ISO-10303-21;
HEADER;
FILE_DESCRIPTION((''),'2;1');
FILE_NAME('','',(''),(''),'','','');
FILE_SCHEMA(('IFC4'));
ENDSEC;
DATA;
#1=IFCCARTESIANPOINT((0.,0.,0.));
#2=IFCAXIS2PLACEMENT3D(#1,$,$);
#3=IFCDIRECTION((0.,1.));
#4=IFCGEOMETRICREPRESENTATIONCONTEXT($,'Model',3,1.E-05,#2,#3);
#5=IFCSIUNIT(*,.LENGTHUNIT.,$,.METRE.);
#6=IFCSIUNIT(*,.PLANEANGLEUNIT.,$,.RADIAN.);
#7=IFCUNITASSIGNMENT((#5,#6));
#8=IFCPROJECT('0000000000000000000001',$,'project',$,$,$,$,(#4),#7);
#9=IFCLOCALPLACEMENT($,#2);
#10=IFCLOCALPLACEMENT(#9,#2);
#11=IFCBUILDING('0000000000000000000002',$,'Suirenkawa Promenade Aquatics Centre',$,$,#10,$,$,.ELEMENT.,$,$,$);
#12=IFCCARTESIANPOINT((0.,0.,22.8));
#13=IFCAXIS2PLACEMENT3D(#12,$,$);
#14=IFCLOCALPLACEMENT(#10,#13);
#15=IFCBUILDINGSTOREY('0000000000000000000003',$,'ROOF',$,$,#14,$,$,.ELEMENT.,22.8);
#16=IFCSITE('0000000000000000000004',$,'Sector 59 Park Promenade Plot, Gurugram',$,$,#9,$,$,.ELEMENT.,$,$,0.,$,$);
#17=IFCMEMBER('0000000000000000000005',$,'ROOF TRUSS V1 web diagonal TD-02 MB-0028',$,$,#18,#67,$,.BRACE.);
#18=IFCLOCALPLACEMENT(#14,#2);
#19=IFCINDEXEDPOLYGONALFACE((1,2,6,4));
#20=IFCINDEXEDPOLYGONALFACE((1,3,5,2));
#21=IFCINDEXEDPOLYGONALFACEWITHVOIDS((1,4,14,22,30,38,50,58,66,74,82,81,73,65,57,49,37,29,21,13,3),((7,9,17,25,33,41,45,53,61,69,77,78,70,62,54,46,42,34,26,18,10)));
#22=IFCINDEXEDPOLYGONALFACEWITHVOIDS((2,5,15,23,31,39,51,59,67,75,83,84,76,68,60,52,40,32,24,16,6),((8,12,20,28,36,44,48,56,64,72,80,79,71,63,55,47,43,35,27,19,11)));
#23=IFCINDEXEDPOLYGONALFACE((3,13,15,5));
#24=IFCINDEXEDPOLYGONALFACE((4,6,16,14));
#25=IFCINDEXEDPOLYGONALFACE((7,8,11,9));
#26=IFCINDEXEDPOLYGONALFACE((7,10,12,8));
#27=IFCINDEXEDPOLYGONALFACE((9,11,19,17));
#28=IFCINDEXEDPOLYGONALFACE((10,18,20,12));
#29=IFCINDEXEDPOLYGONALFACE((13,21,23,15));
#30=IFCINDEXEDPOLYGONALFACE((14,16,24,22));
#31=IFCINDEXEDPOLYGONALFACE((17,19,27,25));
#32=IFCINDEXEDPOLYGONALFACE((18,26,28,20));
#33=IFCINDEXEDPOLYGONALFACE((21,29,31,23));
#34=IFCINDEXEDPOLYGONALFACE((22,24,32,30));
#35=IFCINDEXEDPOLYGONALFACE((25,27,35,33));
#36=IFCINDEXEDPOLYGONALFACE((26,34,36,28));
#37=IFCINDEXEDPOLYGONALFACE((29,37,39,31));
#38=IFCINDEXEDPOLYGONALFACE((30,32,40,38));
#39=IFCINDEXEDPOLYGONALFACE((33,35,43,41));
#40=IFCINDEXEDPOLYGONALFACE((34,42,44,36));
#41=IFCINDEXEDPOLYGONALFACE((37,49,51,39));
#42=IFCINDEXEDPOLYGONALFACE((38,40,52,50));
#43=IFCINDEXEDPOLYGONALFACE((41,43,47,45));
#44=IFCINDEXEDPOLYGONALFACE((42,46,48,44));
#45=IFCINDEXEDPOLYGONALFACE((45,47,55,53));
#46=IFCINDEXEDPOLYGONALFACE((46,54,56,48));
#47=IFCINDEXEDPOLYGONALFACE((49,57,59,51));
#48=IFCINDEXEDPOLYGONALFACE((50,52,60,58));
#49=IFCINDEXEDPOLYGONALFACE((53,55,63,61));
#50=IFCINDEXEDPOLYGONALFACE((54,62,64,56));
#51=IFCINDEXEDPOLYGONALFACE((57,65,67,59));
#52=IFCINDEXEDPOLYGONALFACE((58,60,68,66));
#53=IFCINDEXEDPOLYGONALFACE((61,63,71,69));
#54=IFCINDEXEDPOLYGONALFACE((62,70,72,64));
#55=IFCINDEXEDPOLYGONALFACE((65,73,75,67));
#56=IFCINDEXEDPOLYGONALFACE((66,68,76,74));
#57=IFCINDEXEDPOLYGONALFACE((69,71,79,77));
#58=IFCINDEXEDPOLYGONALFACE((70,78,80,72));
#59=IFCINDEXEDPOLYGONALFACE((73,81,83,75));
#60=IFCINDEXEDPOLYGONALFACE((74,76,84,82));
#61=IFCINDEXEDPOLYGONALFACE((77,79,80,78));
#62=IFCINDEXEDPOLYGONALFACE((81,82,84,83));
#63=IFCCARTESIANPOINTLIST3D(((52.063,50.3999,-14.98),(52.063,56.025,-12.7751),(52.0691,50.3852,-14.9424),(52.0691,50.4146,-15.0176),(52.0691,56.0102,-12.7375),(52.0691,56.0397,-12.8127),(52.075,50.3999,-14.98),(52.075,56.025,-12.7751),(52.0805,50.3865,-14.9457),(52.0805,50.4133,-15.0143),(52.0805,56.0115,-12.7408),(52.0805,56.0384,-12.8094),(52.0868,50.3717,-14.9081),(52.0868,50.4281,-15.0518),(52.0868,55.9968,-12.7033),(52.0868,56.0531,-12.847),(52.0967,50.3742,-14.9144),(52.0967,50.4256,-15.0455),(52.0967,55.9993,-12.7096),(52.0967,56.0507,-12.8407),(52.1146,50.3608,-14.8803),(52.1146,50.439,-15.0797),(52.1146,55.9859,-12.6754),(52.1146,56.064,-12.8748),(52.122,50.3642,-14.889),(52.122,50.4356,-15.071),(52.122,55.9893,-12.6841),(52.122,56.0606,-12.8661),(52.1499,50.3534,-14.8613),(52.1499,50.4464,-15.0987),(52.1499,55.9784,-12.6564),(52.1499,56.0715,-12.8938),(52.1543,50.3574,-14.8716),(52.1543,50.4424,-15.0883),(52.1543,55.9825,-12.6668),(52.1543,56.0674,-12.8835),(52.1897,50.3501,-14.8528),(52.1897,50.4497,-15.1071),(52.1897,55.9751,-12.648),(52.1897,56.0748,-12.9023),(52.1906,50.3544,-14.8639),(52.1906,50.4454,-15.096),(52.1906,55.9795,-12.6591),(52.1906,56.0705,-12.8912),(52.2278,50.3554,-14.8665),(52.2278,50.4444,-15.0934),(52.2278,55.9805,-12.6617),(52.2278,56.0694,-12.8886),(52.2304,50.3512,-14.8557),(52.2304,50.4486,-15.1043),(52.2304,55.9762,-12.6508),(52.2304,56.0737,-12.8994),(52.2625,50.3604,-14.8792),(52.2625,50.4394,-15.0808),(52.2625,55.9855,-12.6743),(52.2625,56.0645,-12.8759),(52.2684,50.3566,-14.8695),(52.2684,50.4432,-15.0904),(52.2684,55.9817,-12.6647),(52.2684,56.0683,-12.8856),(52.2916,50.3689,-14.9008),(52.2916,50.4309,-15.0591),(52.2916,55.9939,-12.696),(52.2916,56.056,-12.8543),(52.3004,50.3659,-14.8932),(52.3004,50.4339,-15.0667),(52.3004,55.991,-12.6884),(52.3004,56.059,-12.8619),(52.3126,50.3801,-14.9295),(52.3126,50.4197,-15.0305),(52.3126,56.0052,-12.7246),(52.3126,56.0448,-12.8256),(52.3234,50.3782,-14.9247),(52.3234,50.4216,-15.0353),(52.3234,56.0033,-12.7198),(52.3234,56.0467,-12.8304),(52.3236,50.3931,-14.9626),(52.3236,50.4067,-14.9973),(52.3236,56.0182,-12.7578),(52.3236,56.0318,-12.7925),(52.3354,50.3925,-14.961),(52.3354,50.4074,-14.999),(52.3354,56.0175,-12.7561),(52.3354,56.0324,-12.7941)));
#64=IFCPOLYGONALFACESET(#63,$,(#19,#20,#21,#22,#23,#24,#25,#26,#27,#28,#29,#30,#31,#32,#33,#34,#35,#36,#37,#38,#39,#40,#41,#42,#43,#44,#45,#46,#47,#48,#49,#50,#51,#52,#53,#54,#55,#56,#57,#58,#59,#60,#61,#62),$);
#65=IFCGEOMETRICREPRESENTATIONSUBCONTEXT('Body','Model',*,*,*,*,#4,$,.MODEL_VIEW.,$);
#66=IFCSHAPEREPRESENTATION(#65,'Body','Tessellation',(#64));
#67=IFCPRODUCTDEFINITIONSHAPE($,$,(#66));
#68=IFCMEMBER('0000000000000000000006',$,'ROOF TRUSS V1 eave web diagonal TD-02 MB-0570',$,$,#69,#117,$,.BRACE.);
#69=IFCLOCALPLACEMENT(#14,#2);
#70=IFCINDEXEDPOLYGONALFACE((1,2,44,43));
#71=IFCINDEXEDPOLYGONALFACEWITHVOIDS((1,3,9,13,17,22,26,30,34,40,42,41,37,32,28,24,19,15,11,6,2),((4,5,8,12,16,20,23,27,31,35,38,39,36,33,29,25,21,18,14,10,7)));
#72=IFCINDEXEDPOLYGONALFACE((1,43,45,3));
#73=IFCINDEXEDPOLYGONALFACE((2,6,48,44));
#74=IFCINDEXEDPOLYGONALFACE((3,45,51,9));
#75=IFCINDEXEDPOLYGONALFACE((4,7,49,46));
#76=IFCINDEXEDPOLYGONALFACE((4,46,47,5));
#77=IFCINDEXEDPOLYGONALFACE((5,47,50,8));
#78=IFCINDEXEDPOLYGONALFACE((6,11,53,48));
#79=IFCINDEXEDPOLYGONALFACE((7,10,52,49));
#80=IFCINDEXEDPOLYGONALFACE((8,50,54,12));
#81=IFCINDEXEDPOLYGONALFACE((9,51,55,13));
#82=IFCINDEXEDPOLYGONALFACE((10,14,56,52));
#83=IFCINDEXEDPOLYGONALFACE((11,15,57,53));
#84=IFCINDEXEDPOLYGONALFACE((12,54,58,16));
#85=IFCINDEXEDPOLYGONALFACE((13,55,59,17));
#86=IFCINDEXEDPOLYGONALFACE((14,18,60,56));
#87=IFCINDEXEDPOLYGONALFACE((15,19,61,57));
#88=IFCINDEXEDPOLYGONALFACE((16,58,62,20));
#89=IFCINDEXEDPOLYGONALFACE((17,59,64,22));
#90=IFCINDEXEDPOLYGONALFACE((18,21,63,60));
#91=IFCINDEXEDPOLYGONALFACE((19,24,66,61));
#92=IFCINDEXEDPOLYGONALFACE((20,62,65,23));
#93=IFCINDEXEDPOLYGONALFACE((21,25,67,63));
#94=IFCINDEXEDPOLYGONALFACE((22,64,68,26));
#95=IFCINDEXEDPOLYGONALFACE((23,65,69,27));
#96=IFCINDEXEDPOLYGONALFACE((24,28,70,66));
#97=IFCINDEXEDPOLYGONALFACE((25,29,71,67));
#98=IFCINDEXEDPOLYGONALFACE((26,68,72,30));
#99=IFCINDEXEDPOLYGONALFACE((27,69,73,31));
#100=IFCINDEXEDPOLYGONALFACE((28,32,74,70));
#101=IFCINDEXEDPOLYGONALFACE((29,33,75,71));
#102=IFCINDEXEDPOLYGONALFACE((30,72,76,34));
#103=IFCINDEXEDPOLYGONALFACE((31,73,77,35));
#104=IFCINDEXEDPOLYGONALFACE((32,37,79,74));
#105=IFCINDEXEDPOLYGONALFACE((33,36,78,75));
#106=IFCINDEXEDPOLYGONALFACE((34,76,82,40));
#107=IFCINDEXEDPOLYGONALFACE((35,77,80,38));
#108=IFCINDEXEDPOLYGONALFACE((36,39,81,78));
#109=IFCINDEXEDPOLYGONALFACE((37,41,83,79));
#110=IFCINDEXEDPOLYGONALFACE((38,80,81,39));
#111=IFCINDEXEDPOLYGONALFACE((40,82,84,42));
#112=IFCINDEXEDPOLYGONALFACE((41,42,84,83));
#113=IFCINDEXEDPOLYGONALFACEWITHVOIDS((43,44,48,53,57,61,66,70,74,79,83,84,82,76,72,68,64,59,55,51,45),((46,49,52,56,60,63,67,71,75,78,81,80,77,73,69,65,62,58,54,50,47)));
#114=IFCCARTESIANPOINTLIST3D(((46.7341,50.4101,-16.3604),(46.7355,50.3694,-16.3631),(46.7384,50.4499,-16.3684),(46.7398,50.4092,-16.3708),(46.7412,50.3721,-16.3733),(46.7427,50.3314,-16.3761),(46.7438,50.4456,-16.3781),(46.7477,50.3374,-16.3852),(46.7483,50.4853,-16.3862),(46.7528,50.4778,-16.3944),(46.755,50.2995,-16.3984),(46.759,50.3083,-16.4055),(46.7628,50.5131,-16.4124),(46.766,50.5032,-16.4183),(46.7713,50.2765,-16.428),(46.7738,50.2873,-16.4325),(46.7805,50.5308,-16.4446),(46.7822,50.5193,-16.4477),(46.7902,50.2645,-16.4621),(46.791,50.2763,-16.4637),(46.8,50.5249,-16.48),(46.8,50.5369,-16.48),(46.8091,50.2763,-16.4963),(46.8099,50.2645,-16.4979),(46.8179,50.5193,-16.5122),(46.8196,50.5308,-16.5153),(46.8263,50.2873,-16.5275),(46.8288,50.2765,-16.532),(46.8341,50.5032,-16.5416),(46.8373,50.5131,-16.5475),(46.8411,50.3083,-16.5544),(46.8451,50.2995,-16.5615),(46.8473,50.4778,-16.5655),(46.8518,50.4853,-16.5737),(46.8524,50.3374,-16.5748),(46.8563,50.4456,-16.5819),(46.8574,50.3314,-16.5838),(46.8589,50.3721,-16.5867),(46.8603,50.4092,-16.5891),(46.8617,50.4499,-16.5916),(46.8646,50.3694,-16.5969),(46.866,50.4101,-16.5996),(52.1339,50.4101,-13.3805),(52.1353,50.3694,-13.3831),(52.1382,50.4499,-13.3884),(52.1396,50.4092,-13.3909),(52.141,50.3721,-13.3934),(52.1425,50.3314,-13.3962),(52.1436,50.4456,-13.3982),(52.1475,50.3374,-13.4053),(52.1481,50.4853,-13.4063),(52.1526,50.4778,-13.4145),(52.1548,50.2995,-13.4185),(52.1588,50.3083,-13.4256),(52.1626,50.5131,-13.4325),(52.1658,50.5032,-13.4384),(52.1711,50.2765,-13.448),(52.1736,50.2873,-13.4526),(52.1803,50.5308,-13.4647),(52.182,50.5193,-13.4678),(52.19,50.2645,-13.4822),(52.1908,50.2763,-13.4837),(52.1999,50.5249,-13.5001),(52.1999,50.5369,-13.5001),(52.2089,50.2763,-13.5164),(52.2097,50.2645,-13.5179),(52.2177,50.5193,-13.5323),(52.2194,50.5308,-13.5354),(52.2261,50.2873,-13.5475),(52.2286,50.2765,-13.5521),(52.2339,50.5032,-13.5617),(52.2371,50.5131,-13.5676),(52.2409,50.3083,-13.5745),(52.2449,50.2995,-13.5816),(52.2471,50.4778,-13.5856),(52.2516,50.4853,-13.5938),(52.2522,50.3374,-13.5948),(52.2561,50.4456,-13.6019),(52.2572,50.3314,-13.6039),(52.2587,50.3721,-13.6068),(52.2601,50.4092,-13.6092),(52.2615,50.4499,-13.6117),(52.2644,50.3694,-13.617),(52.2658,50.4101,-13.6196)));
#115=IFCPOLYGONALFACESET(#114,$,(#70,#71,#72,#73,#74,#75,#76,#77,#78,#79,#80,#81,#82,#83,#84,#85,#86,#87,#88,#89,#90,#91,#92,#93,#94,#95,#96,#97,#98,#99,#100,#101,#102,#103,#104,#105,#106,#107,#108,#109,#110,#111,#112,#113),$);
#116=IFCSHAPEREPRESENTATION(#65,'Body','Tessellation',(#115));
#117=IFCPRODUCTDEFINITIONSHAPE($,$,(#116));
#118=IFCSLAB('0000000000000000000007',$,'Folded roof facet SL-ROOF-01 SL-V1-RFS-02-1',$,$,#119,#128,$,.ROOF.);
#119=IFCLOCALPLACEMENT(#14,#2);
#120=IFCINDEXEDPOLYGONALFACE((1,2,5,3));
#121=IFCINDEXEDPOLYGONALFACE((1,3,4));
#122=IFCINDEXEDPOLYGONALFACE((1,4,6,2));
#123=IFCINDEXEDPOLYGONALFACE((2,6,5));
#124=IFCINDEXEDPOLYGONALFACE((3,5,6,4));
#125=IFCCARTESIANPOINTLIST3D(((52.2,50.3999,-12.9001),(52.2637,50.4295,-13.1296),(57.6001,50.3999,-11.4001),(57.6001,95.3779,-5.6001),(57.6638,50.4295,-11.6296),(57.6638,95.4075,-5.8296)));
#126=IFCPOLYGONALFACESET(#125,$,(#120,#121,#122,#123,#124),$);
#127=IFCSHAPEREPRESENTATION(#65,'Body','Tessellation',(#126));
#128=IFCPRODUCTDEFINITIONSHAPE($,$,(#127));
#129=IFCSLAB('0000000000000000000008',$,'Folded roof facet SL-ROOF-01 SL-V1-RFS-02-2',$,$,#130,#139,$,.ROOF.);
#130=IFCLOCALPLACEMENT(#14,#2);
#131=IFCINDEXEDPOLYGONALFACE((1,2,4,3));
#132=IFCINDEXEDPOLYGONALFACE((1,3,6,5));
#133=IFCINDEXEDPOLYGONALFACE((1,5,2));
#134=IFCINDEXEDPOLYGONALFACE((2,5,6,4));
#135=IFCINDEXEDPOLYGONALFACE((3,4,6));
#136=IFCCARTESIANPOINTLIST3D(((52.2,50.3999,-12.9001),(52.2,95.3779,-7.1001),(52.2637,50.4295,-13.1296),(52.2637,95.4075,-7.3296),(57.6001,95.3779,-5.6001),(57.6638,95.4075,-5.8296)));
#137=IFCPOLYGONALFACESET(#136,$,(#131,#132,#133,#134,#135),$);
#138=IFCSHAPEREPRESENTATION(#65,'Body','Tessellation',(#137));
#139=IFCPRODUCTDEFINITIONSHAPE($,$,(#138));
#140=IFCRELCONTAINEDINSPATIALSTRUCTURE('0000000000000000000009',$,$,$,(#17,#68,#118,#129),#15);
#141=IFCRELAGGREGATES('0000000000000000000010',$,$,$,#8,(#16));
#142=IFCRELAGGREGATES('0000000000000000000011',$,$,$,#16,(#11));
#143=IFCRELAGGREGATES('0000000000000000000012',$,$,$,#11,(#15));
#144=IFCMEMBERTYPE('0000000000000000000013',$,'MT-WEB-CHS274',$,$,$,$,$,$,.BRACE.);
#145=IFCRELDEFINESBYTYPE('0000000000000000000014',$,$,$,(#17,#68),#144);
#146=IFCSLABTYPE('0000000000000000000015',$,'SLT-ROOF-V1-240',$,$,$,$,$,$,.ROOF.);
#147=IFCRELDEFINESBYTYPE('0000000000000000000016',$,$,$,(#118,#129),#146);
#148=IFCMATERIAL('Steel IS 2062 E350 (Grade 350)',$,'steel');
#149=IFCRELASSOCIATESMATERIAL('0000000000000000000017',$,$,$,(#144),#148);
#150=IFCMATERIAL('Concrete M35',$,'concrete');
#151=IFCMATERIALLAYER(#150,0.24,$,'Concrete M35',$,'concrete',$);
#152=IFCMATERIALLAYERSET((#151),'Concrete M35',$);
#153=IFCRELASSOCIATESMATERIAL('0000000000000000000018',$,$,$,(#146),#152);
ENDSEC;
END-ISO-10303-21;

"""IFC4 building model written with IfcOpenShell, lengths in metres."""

from ifc_helpers import new_model, si_unit, direction, frame, origin, origin_2d, place, context, subcontext, project, spatial, polyline, hollow_circle, outline, extrude, material, layer, layer_set, material_profile, profile_set, type_object, element, save


model = new_model("IFC4")

# Units and contexts
model_context = context("Model", 3, precision=1e-05, world=origin(), true_north=direction((0.0, 1.0)))
body_context = subcontext(model_context, "Body", "Model", "MODEL_VIEW")
ifc_project = project(units=[si_unit("LENGTHUNIT", "METRE"), si_unit("PLANEANGLEUNIT", "RADIAN")], contexts=[model_context])

# Site, building, storey
site_placement = place(None, origin())
site = spatial("IfcSite", under=ifc_project, at=site_placement, Name="Sector 59 Park Promenade Plot, Gurugram", CompositionType="ELEMENT", RefElevation=0.0)
building_placement = place(site_placement, origin())
building = spatial("IfcBuilding", under=site, at=building_placement, Name="Suirenkawa Promenade Aquatics Centre", CompositionType="ELEMENT")
storey_placement = place(building_placement, frame((0.0, 0.0, 22.8)))
storey = spatial("IfcBuildingStorey", under=building, at=storey_placement, Name="ROOF", CompositionType="ELEMENT", Elevation=22.8)

# Shared definitions
ifc_material_1 = material(Name="Steel IS 2062 E350 (Grade 350)", Category="steel")

# Members
ifc_material_profile_1 = material_profile(ifc_material_1, hollow_circle(Radius=0.137, WallThickness=0.012, at=origin_2d()), Name="CHS 274x12", Category="steel")
ifc_profile_set_1 = profile_set([ifc_material_profile_1], Name="Steel IS 2062 E350 (Grade 350)")
member_type_1 = type_object("IfcMemberType", Name="MT-WEB-CHS274", PredefinedType="BRACE", material=ifc_profile_set_1)
member_1_placement = place(storey_placement, frame((52.2, 50.3999, -14.98), z_axis=(0.0, 0.931032, 0.364937), x_axis=(-1.0, 0.0, 0.0)))
element("IfcMember", 1, at=member_1_placement, inside=storey, type_object=member_type_1, Name="ROOF TRUSS V1 web diagonal TD-02 MB-0028", PredefinedType="BRACE", context=body_context, shape_type="SweptSolid", body=[
    extrude(hollow_circle(Radius=0.137, WallThickness=0.012, at=origin_2d()), origin(), (0.0, 0.0, 1.0), 6.0417),
])
member_2_placement = place(storey_placement, frame((46.8, 50.3999, -16.48), z_axis=(0.875528, 0.0, 0.483167), x_axis=(0.0, 1.0, 0.0)))
element("IfcMember", 2, at=member_2_placement, inside=storey, type_object=member_type_1, Name="ROOF TRUSS V1 eave web diagonal TD-02 MB-0570", PredefinedType="BRACE", context=body_context, shape_type="SweptSolid", body=[
    extrude(hollow_circle(Radius=0.137, WallThickness=0.012, at=origin_2d()), origin(), (0.0, 0.0, 1.0), 6.1675),
])

# Slabs
ifc_material_2 = material(Name="Concrete M35", Category="concrete")
ifc_layer = layer(ifc_material_2, 0.24, Name="Concrete M35", Category="concrete")
ifc_layer_set = layer_set([ifc_layer], Name="Concrete M35")
slab_type = type_object("IfcSlabType", Name="SLT-ROOF-V1-240", PredefinedType="ROOF", material=ifc_layer_set)
slab_1_placement = place(storey_placement, frame((52.2, 50.3999, -12.9001), z_axis=(-0.265595, -0.123301, 0.956168), x_axis=(0.96352, 0.0, 0.267637)))
element("IfcSlab", 3, at=slab_1_placement, inside=storey, type_object=slab_type, Name="Folded roof facet SL-ROOF-01 SL-V1-RFS-02-1", PredefinedType="ROOF", context=body_context, shape_type="SweptSolid", body=[
    extrude(outline(polyline([(0.0, 0.0), (5.6046, 0.0), (7.1569, 45.3239), (0.0, 0.0)])), origin(), (0.0, 0.0, -1.0), 0.24),
])
slab_2_placement = place(storey_placement, frame((52.2, 50.3999, -12.9001), z_axis=(-0.265595, -0.123301, 0.956168), x_axis=(0.117688, 0.980224, 0.159093)))
element("IfcSlab", 4, at=slab_2_placement, inside=storey, type_object=slab_type, Name="Folded roof facet SL-ROOF-01 SL-V1-RFS-02-2", PredefinedType="ROOF", context=body_context, shape_type="SweptSolid", body=[
    extrude(outline(polyline([(0.0, 0.0), (45.8855, 0.0), (45.0113, 5.536), (0.0, 0.0)])), origin(), (0.0, 0.0, -1.0), 0.24),
])

save(model, "model.ifc")
